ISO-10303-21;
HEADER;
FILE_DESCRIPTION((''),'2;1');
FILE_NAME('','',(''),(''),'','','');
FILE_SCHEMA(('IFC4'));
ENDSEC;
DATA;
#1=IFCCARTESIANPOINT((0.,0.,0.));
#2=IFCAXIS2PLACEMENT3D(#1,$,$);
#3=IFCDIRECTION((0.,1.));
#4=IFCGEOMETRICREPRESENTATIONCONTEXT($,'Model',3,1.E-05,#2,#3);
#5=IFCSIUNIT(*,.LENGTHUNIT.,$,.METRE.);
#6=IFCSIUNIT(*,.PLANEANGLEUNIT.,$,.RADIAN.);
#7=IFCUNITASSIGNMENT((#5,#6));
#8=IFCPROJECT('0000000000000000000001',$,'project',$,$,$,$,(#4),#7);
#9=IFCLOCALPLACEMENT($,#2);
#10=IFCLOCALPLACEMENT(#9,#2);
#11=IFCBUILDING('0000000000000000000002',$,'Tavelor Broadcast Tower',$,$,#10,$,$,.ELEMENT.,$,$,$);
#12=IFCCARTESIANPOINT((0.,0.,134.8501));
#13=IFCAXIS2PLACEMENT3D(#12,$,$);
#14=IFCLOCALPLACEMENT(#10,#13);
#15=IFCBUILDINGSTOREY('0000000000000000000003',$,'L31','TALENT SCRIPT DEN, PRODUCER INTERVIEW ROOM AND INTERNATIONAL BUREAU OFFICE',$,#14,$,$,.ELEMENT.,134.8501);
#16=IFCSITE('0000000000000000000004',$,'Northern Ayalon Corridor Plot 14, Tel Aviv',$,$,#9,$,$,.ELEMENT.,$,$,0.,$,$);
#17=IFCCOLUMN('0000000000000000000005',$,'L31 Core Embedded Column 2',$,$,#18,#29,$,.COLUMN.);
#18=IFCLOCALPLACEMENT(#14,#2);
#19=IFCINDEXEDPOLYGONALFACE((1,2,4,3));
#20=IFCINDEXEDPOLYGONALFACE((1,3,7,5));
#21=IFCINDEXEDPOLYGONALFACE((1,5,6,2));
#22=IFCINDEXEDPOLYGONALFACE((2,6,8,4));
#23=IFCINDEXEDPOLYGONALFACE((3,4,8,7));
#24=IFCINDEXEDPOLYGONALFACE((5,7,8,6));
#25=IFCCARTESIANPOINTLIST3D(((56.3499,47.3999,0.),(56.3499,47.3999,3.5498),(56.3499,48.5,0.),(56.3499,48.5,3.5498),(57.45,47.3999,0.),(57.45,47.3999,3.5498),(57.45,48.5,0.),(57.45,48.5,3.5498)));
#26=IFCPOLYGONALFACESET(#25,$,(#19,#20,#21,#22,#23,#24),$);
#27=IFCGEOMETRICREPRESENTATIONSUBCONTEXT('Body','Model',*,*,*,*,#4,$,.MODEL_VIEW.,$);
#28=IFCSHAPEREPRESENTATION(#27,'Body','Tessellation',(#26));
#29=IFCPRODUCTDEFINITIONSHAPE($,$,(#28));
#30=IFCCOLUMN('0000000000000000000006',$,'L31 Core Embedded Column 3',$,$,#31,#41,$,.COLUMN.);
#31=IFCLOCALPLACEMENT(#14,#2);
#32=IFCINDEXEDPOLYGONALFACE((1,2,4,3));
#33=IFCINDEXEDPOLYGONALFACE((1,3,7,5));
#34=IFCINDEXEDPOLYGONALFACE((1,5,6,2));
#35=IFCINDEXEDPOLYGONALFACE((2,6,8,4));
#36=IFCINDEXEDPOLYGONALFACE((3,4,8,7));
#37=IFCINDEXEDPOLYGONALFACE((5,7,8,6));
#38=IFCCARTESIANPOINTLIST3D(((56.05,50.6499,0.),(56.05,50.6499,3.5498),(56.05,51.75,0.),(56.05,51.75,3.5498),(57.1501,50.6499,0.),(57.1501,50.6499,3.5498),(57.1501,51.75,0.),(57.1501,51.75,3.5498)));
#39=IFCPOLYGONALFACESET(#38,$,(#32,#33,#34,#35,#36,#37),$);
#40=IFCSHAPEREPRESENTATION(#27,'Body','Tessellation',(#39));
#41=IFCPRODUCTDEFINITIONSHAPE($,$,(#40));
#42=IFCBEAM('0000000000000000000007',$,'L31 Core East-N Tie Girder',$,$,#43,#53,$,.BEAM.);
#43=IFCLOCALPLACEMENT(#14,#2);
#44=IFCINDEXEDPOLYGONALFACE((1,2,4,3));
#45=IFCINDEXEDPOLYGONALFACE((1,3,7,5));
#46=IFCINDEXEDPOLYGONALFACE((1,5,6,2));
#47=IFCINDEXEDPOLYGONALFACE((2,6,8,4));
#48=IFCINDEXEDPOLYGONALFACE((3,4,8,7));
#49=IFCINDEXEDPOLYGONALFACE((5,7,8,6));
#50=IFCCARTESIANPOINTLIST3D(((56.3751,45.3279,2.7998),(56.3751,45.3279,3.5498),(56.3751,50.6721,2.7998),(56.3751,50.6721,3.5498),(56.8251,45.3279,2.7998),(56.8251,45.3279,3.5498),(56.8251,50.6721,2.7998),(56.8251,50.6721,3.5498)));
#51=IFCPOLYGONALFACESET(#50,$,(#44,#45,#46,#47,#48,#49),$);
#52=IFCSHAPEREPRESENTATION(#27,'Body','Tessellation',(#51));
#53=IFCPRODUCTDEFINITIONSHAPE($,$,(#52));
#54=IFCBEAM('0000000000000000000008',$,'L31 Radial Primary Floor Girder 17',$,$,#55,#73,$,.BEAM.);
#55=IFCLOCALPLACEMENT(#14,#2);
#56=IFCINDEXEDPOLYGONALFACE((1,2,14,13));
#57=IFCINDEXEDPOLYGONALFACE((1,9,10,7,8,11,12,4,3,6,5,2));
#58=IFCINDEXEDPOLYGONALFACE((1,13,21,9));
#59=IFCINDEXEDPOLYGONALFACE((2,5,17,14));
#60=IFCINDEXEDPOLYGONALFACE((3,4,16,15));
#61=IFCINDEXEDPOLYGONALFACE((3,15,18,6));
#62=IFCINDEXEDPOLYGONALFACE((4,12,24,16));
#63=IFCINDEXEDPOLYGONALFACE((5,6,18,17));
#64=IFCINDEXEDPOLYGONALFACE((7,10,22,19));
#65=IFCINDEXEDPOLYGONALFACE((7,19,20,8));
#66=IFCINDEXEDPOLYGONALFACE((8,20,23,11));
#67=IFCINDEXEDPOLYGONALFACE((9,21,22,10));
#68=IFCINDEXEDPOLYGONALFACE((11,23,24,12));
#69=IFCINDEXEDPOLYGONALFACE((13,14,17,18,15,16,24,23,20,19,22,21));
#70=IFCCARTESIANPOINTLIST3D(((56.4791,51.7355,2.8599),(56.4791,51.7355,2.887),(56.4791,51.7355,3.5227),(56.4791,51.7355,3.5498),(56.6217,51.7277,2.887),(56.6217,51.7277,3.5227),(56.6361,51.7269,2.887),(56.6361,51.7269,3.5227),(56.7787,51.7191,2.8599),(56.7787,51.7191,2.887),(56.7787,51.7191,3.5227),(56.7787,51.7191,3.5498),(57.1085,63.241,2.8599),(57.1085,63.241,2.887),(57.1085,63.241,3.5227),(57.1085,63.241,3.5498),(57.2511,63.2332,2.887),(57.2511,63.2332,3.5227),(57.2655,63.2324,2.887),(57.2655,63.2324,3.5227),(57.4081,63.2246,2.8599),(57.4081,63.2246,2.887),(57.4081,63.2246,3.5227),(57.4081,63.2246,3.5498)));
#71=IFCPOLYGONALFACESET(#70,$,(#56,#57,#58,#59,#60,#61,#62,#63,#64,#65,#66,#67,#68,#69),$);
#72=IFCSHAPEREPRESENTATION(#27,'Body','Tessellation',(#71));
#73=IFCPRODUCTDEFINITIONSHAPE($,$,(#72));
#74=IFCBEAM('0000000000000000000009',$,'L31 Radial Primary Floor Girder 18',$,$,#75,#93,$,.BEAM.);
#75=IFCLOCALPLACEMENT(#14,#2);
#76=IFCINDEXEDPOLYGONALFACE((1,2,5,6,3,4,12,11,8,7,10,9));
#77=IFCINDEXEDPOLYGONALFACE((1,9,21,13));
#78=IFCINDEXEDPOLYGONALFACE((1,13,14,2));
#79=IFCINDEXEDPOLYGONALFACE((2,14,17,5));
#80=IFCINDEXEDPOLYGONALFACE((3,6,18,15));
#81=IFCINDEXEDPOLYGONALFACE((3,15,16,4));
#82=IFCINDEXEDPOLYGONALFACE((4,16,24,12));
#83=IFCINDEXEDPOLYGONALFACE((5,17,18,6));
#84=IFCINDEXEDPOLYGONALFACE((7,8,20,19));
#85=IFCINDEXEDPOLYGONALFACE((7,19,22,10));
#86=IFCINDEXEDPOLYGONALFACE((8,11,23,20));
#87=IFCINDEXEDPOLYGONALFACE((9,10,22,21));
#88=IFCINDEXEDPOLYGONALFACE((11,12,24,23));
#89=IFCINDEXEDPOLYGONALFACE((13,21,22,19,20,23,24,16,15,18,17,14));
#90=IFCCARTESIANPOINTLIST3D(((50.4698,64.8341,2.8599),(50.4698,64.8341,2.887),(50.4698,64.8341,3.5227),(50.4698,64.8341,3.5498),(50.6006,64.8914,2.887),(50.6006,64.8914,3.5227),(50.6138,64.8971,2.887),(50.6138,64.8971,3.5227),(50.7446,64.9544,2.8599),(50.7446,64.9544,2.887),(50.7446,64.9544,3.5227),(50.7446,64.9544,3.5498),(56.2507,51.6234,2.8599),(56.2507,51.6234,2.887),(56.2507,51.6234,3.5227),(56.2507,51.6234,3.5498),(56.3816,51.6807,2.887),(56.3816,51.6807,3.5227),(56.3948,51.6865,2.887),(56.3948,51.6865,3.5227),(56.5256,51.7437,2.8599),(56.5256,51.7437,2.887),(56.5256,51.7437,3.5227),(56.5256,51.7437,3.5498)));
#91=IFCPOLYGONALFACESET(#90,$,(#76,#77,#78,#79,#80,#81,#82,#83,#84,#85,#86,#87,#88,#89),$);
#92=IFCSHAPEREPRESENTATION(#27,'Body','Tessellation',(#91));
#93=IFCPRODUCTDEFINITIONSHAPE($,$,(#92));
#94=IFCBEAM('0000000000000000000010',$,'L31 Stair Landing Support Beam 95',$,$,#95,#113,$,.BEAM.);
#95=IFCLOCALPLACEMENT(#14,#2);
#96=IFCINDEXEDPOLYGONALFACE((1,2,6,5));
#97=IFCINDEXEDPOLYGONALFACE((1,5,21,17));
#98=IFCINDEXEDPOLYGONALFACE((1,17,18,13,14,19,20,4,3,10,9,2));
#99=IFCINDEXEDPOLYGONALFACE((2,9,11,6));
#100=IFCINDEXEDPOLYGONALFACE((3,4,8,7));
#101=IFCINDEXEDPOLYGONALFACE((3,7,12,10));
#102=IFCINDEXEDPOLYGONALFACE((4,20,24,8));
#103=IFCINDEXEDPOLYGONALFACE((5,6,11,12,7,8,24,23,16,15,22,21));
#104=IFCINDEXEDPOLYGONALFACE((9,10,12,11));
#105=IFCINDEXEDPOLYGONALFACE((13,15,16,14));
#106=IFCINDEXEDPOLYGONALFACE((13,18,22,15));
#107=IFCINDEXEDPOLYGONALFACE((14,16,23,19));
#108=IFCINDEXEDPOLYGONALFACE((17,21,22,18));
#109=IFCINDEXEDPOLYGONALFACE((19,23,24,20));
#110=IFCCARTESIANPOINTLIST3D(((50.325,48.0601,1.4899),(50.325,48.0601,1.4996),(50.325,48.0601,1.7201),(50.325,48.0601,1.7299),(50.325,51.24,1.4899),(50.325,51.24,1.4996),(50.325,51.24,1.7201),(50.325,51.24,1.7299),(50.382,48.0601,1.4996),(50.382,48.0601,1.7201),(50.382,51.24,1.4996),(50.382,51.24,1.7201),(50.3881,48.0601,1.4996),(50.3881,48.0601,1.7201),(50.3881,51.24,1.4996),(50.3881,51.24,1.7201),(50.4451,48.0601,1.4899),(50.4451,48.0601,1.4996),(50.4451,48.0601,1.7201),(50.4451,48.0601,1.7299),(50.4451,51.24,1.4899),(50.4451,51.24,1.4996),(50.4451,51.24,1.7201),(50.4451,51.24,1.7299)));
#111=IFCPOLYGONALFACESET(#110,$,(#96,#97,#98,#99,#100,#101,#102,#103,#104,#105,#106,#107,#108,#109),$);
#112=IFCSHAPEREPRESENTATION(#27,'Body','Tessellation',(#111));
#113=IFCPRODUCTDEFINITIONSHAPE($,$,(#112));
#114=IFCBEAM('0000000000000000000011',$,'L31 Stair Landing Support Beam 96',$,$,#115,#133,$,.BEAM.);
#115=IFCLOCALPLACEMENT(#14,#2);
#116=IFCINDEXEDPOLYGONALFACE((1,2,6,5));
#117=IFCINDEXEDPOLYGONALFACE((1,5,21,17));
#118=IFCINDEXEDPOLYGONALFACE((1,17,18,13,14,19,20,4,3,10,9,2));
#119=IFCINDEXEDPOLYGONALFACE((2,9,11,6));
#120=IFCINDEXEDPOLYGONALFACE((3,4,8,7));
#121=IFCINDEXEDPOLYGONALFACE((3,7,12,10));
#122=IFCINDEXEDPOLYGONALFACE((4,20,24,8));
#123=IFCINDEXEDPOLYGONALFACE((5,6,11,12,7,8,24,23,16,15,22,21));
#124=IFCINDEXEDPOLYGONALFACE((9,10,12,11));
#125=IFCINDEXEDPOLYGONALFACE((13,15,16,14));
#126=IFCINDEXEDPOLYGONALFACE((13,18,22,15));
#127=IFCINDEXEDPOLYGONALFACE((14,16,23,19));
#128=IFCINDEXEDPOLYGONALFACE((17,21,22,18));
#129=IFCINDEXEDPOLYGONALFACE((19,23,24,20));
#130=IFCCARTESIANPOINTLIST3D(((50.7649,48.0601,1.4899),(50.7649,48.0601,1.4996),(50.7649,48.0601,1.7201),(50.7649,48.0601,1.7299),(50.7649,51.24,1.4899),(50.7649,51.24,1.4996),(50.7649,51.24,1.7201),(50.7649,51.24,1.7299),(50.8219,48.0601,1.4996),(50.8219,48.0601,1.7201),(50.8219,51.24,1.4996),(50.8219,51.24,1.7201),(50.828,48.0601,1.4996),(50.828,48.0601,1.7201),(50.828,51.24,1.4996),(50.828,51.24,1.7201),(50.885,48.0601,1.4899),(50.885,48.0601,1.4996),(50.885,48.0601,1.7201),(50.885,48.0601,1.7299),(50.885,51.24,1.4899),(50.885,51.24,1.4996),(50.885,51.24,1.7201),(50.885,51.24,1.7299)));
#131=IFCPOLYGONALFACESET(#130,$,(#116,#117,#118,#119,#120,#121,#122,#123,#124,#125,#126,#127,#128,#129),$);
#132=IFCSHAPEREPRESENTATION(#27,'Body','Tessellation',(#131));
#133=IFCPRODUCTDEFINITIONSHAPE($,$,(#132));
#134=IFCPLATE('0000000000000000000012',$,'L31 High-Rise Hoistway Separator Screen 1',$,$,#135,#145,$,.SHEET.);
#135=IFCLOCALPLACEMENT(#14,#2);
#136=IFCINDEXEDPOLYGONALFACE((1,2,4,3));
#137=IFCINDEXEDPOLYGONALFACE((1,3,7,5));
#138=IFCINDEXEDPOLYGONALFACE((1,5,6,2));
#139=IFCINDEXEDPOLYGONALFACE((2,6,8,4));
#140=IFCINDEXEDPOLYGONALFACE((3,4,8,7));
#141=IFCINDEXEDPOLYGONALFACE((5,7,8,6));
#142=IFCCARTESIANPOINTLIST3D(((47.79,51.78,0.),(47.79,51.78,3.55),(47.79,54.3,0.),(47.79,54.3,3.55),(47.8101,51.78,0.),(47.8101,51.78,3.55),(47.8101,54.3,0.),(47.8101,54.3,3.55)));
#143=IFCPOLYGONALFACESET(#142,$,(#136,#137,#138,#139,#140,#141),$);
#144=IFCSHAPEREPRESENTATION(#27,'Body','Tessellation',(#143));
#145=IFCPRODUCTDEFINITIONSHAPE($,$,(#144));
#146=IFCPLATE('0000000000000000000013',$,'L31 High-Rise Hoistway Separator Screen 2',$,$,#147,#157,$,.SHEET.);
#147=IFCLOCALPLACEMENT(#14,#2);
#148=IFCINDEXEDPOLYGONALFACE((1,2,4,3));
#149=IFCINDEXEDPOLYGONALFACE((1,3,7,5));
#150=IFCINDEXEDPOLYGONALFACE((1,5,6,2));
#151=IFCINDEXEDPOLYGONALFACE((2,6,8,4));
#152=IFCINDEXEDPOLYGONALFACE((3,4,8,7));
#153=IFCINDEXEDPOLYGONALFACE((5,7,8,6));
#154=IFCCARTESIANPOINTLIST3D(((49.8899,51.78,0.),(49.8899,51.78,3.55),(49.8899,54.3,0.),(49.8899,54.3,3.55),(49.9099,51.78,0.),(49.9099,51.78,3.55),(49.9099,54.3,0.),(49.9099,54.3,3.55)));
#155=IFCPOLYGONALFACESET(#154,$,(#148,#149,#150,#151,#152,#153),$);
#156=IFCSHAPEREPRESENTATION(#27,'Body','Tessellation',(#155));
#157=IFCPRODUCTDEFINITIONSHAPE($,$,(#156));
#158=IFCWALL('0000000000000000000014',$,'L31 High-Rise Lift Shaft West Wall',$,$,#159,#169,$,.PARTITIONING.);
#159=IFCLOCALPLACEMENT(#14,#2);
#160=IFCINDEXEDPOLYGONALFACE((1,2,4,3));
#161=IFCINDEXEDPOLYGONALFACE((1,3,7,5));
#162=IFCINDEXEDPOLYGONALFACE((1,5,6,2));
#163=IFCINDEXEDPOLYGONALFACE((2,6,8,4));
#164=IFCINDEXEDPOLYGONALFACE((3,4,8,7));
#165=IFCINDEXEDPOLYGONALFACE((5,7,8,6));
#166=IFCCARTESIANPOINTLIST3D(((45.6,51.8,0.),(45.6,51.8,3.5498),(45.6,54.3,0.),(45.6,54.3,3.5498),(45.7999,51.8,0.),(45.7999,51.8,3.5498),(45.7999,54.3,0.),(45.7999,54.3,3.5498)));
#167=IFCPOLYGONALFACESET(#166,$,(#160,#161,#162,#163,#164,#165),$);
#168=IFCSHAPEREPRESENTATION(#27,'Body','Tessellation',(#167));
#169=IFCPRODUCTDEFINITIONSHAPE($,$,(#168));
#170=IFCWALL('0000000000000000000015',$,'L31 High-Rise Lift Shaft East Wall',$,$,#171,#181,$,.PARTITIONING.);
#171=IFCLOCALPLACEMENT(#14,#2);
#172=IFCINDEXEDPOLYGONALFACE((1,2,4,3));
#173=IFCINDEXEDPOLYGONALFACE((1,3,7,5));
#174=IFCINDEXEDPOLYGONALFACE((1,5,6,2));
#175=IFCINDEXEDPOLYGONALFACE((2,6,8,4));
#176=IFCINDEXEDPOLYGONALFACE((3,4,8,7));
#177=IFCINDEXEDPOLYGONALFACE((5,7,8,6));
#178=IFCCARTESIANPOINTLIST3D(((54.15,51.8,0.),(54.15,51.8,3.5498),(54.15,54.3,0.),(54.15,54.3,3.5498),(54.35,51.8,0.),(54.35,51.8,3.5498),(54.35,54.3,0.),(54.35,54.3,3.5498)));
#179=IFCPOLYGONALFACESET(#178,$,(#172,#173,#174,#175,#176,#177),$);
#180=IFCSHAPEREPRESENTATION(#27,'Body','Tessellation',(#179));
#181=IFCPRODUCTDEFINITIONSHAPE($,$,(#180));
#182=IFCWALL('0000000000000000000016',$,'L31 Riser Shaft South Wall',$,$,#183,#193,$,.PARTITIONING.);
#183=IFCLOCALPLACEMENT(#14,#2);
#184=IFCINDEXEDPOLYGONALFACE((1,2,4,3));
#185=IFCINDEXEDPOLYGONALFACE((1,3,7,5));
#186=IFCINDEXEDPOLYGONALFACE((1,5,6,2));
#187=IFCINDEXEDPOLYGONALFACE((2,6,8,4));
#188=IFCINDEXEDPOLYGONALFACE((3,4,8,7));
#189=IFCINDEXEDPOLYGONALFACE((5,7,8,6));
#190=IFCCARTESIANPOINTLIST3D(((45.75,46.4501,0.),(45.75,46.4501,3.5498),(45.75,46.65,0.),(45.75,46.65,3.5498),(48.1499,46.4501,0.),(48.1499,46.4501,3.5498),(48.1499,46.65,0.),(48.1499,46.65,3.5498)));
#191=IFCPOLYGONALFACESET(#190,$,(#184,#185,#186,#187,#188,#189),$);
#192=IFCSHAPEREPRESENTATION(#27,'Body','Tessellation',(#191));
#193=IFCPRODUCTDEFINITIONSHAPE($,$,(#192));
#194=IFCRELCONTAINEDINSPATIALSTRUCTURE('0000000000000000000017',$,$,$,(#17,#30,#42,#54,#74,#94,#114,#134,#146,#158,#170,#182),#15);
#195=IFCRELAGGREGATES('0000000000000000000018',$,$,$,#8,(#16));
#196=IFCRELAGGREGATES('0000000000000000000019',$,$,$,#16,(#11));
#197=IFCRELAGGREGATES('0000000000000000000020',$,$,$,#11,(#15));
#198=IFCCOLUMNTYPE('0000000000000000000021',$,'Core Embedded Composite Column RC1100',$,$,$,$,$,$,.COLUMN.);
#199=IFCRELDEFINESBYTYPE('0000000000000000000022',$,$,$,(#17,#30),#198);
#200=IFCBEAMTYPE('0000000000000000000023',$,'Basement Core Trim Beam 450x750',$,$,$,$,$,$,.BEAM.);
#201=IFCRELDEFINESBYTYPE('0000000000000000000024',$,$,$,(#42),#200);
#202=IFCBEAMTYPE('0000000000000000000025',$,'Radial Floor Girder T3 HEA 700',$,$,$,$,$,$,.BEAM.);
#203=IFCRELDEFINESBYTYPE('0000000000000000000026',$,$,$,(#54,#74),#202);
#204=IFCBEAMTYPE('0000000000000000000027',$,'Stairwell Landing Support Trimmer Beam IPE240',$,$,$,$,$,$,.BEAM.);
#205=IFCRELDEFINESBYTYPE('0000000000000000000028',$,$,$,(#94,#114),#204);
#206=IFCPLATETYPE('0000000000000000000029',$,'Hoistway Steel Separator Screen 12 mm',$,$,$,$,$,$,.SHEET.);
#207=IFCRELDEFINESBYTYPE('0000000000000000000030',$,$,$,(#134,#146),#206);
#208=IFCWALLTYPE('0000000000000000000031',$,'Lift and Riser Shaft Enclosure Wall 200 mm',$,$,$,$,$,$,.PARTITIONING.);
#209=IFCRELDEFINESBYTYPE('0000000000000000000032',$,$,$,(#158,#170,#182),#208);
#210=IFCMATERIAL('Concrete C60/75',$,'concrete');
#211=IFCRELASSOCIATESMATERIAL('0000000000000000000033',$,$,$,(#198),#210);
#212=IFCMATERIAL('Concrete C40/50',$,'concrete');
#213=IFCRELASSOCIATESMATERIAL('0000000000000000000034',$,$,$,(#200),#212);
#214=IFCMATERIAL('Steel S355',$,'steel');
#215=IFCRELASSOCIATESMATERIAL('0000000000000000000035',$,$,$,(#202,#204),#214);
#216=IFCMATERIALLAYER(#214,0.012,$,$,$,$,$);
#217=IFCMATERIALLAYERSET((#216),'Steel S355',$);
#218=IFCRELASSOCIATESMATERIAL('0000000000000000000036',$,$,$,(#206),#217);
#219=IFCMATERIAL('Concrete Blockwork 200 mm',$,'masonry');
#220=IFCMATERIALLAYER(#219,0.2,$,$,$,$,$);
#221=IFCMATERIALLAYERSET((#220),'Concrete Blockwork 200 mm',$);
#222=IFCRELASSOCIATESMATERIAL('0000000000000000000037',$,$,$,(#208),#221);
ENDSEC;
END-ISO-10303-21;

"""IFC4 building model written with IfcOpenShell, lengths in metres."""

from ifc_helpers import new_model, si_unit, direction, frame, frame_2d, origin, origin_2d, place, context, subcontext, project, spatial, rectangle, i_section, extrude, source, transform, mapped, material, layer, layer_set, material_profile, profile_set, type_object, type_shapes, element, save


model = new_model("IFC4")

# Units and contexts
model_context = context("Model", 3, precision=1e-05, world=origin(), true_north=direction((0.0, 1.0)))
body_context = subcontext(model_context, "Body", "Model", "MODEL_VIEW")
ifc_project = project(units=[si_unit("LENGTHUNIT", "METRE"), si_unit("PLANEANGLEUNIT", "RADIAN")], contexts=[model_context])

# Site, building, storey
site_placement = place(None, origin())
site = spatial("IfcSite", under=ifc_project, at=site_placement, Name="Northern Ayalon Corridor Plot 14, Tel Aviv", CompositionType="ELEMENT", RefElevation=0.0)
building_placement = place(site_placement, origin())
building = spatial("IfcBuilding", under=site, at=building_placement, Name="Tavelor Broadcast Tower", CompositionType="ELEMENT")
storey_placement = place(building_placement, frame((0.0, 0.0, 134.8501)))
storey = spatial("IfcBuildingStorey", under=building, at=storey_placement, Name="L31", Description="TALENT SCRIPT DEN, PRODUCER INTERVIEW ROOM AND INTERNATIONAL BUREAU OFFICE", CompositionType="ELEMENT", Elevation=134.8501)

# Columns
ifc_material_1 = material(Name="Concrete C60/75", Category="concrete")
ifc_material_profile_1 = material_profile(ifc_material_1, rectangle(XDim=1.1001, YDim=1.1001, at=origin_2d()), Name="RC 1100x1100")
ifc_profile_set_1 = profile_set([ifc_material_profile_1], Name="Concrete C60/75")
column_type = type_object("IfcColumnType", Name="Core Embedded Composite Column RC1100", PredefinedType="COLUMN", material=ifc_profile_set_1)
for number, where, z_axis, x_axis, name in (
    (1, (56.8999, 47.95, 0.0), (0.0, 0.0, 1.0), (1.0, 0.0, 0.0), "L31 Core Embedded Column 2"),
    (2, (56.6001, 51.2, 0.0), (0.0, 0.0, 1.0), (1.0, 0.0, 0.0), "L31 Core Embedded Column 3"),
):
    element("IfcColumn", number, at=place(storey_placement, frame(where, z_axis=z_axis, x_axis=x_axis)), inside=storey, type_object=column_type, Name=name, PredefinedType="COLUMN", context=body_context, shape_type="SweptSolid", body=[
        extrude(rectangle(XDim=1.1001, YDim=1.1001, at=origin_2d()), origin(), (0.0, 0.0, 1.0), 3.5498),
    ])

# Beams
ifc_material_2 = material(Name="Concrete C40/50", Category="concrete")
ifc_material_profile_2 = material_profile(ifc_material_2, rectangle(XDim=0.45, YDim=0.75, at=origin_2d()), Name="RC 450x750")
ifc_profile_set_2 = profile_set([ifc_material_profile_2], Name="Concrete C40/50")
beam_type_1 = type_object("IfcBeamType", Name="Basement Core Trim Beam 450x750", PredefinedType="BEAM", material=ifc_profile_set_2)
beam_1_placement = place(storey_placement, frame((56.6001, 45.3279, 3.1748), z_axis=(0.0, 1.0, 0.0), x_axis=(-1.0, 0.0, 0.0)))
element("IfcBeam", 3, at=beam_1_placement, inside=storey, type_object=beam_type_1, Name="L31 Core East-N Tie Girder", PredefinedType="BEAM", context=body_context, shape_type="SweptSolid", body=[
    extrude(rectangle(XDim=0.45, YDim=0.75, at=origin_2d()), origin(), (0.0, 0.0, 1.0), 5.3442),
])
ifc_material_3 = material(Name="Steel S355", Category="steel")
ifc_material_profile_3 = material_profile(ifc_material_3, i_section(OverallWidth=0.3, OverallDepth=0.6899, WebThickness=0.0144, FlangeThickness=0.0271, at=origin_2d()), Name="HEA 700")
ifc_profile_set_3 = profile_set([ifc_material_profile_3], Name="Steel S355")
beam_type_2 = type_object("IfcBeamType", Name="Radial Floor Girder T3 HEA 700", PredefinedType="BEAM", material=ifc_profile_set_3)
beam_2_placement = place(storey_placement, frame((56.6289, 51.7273, 3.2048), z_axis=(0.054622, 0.998507, 0.0), x_axis=(-0.998507, 0.054622, 0.0)))
element("IfcBeam", 4, at=beam_2_placement, inside=storey, type_object=beam_type_2, Name="L31 Radial Primary Floor Girder 17", PredefinedType="BEAM", context=body_context, shape_type="SweptSolid", body=[
    extrude(i_section(OverallWidth=0.3, OverallDepth=0.6899, WebThickness=0.0144, FlangeThickness=0.0271, at=origin_2d()), origin(), (0.0, 0.0, 1.0), 11.5227),
])
beam_3_placement = place(storey_placement, frame((56.3882, 51.6836, 3.2048), z_axis=(-0.400896, 0.916124, 0.0), x_axis=(-0.916124, -0.400896, 0.0)))
element("IfcBeam", 5, at=beam_3_placement, inside=storey, type_object=beam_type_2, Name="L31 Radial Primary Floor Girder 18", PredefinedType="BEAM", context=body_context, shape_type="SweptSolid", body=[
    extrude(i_section(OverallWidth=0.3, OverallDepth=0.6899, WebThickness=0.0144, FlangeThickness=0.0271, at=origin_2d()), origin(), (0.0, 0.0, 1.0), 14.4202),
])
ifc_material_profile_4 = material_profile(ifc_material_3, i_section(OverallWidth=0.1201, OverallDepth=0.24, WebThickness=0.0061, FlangeThickness=0.0098, at=origin_2d()), Name="IPE 240")
ifc_profile_set_4 = profile_set([ifc_material_profile_4], Name="Steel S355")
beam_type_3 = type_object("IfcBeamType", Name="Stairwell Landing Support Trimmer Beam IPE240", PredefinedType="BEAM", material=ifc_profile_set_4)
for number, where, z_axis, x_axis, name in (
    (6, (50.385, 48.0601, 1.6099), (0.0, 1.0, 0.0), (-1.0, 0.0, 0.0), "L31 Stair Landing Support Beam 95"),
    (7, (50.825, 48.0601, 1.6099), (0.0, 1.0, 0.0), (-1.0, 0.0, 0.0), "L31 Stair Landing Support Beam 96"),
):
    element("IfcBeam", number, at=place(storey_placement, frame(where, z_axis=z_axis, x_axis=x_axis)), inside=storey, type_object=beam_type_3, Name=name, PredefinedType="BEAM", context=body_context, shape_type="SweptSolid", body=[
        extrude(i_section(OverallWidth=0.1201, OverallDepth=0.24, WebThickness=0.0061, FlangeThickness=0.0098, at=origin_2d()), origin(), (0.0, 0.0, 1.0), 3.1799),
    ])

# Plates
ifc_layer_1 = layer(ifc_material_3, 0.012)
ifc_layer_set_1 = layer_set([ifc_layer_1], Name="Steel S355")
plate_type = type_object("IfcPlateType", Name="Hoistway Steel Separator Screen 12 mm", PredefinedType="SHEET", material=ifc_layer_set_1)
shared_shape = source(origin(), body_context, "Body", "SweptSolid", [
    extrude(rectangle(XDim=0.02, YDim=2.52, at=origin_2d()), origin(), (0.0, 0.0, 1.0), 3.55),
])
type_shapes(plate_type, [shared_shape])
for number, where, z_axis, x_axis, name in (
    (8, (47.8, 53.04, 0.0), (0.0, 0.0, 1.0), (1.0, 0.0, 0.0), "L31 High-Rise Hoistway Separator Screen 1"),
    (9, (49.8999, 53.04, 0.0), (0.0, 0.0, 1.0), (1.0, 0.0, 0.0), "L31 High-Rise Hoistway Separator Screen 2"),
):
    element("IfcPlate", number, at=place(storey_placement, frame(where, z_axis=z_axis, x_axis=x_axis)), inside=storey, type_object=plate_type, Name=name, PredefinedType="SHEET", context=body_context, shape_type="MappedRepresentation", body=[
        mapped(shared_shape, transform((0.0, 0.0, 0.0), scale=1.0)),
    ])

# Walls
ifc_material_4 = material(Name="Concrete Blockwork 200 mm", Category="masonry")
ifc_layer_2 = layer(ifc_material_4, 0.2)
ifc_layer_set_2 = layer_set([ifc_layer_2], Name="Concrete Blockwork 200 mm")
wall_type_1 = type_object("IfcWallType", Name="Lift and Riser Shaft Enclosure Wall 200 mm", PredefinedType="PARTITIONING", material=ifc_layer_set_2)
for number, where, z_axis, x_axis, name in (
    (10, (45.7, 51.8, 0.0), (0.0, 0.0, 1.0), (0.0, 1.0, 0.0), "L31 High-Rise Lift Shaft West Wall"),
    (11, (54.25, 51.8, 0.0), (0.0, 0.0, 1.0), (0.0, 1.0, 0.0), "L31 High-Rise Lift Shaft East Wall"),
):
    element("IfcWall", number, at=place(storey_placement, frame(where, z_axis=z_axis, x_axis=x_axis)), inside=storey, type_object=wall_type_1, Name=name, PredefinedType="PARTITIONING", context=body_context, shape_type="SweptSolid", body=[
        extrude(rectangle(XDim=2.5, YDim=0.2, at=frame_2d((1.25, 0.0))), origin(), (0.0, 0.0, 1.0), 3.5498),
    ])
wall_1_placement = place(storey_placement, frame((45.75, 46.55, 0.0), z_axis=(0.0, 0.0, 1.0), x_axis=(1.0, 0.0, 0.0)))
element("IfcWall", 12, at=wall_1_placement, inside=storey, type_object=wall_type_1, Name="L31 Riser Shaft South Wall", PredefinedType="PARTITIONING", context=body_context, shape_type="SweptSolid", body=[
    extrude(rectangle(XDim=2.3999, YDim=0.2, at=frame_2d((1.2, 0.0))), origin(), (0.0, 0.0, 1.0), 3.5498),
])

save(model, "model.ifc")
